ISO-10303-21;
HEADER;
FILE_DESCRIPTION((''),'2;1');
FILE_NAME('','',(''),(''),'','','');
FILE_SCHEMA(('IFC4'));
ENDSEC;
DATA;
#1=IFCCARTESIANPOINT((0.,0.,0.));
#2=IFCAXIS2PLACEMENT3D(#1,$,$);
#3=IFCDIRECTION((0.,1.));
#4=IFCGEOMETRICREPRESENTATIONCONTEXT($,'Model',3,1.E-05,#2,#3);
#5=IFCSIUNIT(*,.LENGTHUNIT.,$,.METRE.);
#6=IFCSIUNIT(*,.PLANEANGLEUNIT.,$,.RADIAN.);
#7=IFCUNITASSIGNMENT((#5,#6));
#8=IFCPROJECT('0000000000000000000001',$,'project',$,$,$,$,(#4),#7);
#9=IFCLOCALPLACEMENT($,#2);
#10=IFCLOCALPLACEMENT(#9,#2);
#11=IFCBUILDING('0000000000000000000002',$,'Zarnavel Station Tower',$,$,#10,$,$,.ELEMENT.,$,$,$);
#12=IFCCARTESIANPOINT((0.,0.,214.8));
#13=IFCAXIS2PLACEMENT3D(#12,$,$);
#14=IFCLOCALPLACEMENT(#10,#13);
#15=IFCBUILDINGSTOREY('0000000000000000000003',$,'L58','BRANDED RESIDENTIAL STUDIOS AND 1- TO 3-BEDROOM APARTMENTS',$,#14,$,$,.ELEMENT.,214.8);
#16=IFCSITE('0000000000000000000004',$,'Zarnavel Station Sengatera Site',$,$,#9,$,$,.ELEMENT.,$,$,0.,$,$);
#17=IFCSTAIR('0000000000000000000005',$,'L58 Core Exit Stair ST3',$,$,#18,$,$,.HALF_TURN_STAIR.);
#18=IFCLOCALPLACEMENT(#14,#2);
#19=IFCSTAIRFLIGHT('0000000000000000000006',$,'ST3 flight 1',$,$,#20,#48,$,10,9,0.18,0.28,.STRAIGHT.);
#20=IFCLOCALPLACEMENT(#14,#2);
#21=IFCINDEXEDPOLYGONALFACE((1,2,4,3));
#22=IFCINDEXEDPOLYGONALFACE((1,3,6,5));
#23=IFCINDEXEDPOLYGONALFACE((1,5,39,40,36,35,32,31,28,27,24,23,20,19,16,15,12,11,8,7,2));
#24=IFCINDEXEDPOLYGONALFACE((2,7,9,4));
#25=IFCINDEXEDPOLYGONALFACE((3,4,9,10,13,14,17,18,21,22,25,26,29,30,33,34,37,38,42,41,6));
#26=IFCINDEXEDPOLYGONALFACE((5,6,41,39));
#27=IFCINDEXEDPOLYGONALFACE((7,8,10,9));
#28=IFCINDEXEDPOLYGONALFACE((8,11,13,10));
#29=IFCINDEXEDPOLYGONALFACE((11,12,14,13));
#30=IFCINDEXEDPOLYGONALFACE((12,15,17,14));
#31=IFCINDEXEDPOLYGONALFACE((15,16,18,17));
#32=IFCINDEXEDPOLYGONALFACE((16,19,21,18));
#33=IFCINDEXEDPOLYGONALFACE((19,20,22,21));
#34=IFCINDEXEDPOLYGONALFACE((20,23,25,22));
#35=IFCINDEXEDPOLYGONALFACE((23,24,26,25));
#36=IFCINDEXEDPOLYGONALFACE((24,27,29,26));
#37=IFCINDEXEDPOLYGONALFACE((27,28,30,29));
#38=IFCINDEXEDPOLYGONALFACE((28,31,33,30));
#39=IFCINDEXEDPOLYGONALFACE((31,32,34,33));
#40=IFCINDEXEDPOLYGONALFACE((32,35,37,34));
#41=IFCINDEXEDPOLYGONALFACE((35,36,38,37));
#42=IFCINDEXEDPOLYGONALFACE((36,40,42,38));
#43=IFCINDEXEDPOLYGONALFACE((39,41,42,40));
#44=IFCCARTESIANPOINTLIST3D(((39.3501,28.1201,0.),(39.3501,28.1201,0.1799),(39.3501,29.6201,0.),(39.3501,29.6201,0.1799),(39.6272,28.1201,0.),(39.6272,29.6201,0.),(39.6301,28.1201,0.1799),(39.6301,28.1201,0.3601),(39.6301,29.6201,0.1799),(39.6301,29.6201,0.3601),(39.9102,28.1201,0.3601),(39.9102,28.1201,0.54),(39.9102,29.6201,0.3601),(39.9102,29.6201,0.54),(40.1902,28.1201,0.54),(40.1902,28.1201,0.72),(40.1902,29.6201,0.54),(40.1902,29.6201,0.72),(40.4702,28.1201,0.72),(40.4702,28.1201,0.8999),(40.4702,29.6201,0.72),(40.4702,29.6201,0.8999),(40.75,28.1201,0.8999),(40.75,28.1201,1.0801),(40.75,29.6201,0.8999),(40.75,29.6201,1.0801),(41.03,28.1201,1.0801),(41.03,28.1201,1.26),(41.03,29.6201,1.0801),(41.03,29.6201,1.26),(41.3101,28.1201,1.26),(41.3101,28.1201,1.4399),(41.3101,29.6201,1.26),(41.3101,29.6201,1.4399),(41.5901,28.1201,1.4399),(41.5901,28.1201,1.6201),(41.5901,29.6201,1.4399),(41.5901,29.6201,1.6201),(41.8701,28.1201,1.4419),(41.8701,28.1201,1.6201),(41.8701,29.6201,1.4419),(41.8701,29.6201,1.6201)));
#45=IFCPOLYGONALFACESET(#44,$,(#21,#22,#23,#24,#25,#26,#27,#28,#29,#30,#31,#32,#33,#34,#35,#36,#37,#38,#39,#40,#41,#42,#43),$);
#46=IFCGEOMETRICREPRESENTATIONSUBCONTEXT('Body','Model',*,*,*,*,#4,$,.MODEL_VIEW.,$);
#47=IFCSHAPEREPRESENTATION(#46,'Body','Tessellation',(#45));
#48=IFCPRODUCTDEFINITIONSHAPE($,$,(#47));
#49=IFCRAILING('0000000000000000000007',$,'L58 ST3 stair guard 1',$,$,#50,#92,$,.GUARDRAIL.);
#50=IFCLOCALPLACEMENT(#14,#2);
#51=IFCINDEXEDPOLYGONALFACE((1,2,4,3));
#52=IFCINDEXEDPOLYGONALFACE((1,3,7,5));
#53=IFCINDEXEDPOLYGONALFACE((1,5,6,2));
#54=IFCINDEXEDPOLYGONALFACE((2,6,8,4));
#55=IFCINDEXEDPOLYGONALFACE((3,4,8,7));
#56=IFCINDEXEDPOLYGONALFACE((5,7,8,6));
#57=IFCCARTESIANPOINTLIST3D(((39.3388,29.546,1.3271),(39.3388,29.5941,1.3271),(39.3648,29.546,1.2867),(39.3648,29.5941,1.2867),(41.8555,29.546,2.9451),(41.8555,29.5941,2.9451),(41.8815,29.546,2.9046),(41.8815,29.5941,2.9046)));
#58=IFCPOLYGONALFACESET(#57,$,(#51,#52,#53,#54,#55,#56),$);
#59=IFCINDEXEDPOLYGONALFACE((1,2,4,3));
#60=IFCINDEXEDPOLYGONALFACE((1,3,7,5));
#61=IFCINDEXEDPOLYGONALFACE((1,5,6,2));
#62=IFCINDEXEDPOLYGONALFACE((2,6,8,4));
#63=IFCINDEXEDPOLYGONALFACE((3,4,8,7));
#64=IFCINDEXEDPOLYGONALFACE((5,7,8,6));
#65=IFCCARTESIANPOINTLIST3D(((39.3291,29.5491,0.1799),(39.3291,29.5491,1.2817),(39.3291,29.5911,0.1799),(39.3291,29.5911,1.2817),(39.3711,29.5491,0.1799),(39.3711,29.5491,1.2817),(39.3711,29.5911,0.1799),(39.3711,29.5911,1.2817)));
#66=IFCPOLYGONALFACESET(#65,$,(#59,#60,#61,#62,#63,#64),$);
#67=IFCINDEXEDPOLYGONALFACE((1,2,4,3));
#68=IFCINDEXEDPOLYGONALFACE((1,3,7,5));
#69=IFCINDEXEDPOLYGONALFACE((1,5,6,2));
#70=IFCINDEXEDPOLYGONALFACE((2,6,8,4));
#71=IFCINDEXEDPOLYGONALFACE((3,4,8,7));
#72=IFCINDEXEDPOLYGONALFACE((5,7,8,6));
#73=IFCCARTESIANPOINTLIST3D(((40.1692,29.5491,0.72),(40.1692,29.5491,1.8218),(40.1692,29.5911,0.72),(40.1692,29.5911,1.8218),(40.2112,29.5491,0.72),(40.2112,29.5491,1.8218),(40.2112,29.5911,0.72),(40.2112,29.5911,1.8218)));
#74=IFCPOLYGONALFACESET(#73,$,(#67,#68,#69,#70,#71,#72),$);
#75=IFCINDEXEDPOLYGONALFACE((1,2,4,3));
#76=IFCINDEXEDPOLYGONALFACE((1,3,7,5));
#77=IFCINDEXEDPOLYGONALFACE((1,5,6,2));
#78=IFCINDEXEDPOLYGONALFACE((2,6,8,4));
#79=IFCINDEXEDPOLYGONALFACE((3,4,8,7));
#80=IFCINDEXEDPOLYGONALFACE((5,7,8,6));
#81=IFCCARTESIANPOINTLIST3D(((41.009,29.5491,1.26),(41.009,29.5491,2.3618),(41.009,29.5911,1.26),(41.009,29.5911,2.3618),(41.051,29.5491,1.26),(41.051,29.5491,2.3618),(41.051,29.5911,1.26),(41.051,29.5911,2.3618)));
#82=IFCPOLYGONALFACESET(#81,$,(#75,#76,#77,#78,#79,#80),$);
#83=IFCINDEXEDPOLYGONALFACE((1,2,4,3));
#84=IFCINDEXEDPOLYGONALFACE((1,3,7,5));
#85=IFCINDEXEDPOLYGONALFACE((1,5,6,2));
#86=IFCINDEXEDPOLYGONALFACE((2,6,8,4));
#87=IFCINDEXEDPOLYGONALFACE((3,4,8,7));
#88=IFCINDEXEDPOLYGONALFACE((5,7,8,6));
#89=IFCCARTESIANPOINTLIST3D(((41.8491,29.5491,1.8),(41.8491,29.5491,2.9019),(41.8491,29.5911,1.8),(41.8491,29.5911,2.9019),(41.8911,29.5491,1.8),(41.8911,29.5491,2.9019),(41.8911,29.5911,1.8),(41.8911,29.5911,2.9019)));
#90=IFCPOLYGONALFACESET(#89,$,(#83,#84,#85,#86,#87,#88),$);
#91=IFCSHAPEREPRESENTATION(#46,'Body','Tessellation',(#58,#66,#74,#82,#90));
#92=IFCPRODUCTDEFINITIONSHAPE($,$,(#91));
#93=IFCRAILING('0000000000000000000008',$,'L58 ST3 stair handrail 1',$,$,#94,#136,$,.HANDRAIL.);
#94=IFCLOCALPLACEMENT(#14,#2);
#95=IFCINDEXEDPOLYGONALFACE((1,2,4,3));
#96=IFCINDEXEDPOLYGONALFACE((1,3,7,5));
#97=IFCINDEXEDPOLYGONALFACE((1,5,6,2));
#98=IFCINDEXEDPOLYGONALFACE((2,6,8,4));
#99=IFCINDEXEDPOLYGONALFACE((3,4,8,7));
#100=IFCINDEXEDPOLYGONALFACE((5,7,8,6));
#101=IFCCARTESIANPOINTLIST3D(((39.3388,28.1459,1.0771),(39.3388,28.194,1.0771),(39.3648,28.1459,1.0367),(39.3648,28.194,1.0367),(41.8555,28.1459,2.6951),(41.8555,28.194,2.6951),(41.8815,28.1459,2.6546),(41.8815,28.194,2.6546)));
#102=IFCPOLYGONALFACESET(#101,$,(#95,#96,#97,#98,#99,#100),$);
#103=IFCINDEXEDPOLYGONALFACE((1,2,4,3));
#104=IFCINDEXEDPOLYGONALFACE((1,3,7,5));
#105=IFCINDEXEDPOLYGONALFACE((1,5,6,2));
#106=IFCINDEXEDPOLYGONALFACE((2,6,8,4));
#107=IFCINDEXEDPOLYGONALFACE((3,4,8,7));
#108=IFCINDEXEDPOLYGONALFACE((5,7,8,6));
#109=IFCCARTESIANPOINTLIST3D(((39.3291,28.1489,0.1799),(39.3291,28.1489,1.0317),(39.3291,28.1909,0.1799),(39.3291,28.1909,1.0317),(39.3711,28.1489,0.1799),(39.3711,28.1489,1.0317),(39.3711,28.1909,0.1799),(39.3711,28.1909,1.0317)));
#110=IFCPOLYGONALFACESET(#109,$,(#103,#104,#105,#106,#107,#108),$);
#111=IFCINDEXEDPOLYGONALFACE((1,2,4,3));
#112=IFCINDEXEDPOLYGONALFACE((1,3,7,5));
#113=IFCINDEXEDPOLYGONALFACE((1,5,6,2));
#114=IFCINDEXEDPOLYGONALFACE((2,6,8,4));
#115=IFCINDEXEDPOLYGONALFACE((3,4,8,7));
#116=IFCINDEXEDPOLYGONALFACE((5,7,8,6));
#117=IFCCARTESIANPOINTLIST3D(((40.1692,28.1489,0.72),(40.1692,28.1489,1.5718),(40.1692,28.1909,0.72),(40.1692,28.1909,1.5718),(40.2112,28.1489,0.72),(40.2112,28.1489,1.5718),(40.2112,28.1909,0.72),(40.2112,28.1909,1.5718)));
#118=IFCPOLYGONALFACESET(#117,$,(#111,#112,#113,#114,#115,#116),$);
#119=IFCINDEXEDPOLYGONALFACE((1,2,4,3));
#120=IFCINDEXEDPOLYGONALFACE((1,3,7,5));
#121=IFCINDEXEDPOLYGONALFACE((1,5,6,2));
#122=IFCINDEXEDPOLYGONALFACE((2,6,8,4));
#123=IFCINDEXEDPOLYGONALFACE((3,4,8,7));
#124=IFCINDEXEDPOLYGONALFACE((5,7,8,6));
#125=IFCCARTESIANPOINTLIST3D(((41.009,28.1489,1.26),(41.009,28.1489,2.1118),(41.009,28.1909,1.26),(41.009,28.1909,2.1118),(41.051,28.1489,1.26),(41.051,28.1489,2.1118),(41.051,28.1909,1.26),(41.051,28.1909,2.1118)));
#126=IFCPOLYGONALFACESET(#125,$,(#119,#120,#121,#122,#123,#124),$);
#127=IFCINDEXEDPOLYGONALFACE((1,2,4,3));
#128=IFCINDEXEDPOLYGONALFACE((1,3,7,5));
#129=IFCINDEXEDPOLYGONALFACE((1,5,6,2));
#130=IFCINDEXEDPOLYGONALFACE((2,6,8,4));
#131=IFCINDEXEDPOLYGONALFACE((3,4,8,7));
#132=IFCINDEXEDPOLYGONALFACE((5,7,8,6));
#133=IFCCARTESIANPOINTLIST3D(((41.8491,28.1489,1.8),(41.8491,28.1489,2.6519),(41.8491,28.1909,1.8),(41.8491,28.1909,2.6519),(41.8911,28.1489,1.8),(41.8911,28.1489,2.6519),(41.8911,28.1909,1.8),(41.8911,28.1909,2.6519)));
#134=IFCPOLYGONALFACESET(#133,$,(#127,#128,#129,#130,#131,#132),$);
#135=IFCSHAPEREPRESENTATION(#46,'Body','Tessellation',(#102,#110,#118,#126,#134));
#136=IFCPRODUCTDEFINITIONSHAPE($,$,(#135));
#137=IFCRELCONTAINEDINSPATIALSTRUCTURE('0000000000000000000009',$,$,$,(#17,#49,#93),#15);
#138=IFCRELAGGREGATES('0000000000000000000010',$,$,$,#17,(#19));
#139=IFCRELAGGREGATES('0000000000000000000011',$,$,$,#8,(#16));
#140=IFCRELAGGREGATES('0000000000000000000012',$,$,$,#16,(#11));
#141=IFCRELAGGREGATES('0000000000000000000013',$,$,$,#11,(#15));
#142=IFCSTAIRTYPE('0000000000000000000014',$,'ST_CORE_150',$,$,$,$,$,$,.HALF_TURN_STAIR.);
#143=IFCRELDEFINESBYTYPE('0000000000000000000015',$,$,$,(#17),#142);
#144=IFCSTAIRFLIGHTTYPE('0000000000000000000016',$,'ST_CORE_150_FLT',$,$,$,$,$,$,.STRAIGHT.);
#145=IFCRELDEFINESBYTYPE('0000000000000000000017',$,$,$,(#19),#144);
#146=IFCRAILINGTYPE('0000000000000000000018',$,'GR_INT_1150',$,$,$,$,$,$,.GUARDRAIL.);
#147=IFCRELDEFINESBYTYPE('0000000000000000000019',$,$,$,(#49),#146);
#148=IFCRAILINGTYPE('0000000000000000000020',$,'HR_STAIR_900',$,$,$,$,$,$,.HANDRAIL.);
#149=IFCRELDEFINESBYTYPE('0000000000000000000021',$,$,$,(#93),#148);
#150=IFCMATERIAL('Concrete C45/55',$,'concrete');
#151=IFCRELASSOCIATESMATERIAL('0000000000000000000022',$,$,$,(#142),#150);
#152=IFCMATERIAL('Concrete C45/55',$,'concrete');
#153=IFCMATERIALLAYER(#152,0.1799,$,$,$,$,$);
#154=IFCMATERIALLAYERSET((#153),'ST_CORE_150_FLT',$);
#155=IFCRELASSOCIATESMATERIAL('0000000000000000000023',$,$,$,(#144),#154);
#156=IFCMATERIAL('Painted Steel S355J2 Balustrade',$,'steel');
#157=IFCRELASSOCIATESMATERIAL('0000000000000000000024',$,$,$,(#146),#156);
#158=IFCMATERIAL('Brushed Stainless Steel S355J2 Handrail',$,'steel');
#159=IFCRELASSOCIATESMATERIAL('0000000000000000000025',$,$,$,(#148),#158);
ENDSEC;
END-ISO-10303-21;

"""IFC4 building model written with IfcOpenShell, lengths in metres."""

from ifc_helpers import new_model, si_unit, direction, frame, origin, origin_2d, place, context, subcontext, project, spatial, polyline, rectangle, outline, extrude, material, layer, layer_set, type_object, element, aggregate, save


model = new_model("IFC4")

# Units and contexts
model_context = context("Model", 3, precision=1e-05, world=origin(), true_north=direction((0.0, 1.0)))
body_context = subcontext(model_context, "Body", "Model", "MODEL_VIEW")
ifc_project = project(units=[si_unit("LENGTHUNIT", "METRE"), si_unit("PLANEANGLEUNIT", "RADIAN")], contexts=[model_context])

# Site, building, storey
site_placement = place(None, origin())
site = spatial("IfcSite", under=ifc_project, at=site_placement, Name="Zarnavel Station Sengatera Site", CompositionType="ELEMENT", RefElevation=0.0)
building_placement = place(site_placement, origin())
building = spatial("IfcBuilding", under=site, at=building_placement, Name="Zarnavel Station Tower", CompositionType="ELEMENT")
storey_placement = place(building_placement, frame((0.0, 0.0, 214.8)))
storey = spatial("IfcBuildingStorey", under=building, at=storey_placement, Name="L58", Description="BRANDED RESIDENTIAL STUDIOS AND 1- TO 3-BEDROOM APARTMENTS", CompositionType="ELEMENT", Elevation=214.8)

# Stair, stair flight
ifc_material_1 = material(Name="Concrete C45/55", Category="concrete")
stair_type = type_object("IfcStairType", Name="ST_CORE_150", PredefinedType="HALF_TURN_STAIR", material=ifc_material_1)
stair_placement = place(storey_placement, origin())
stair = element("IfcStair", 1, at=stair_placement, inside=storey, type_object=stair_type, Name="L58 Core Exit Stair ST3", PredefinedType="HALF_TURN_STAIR")
ifc_material_2 = material(Name="Concrete C45/55", Category="concrete")
ifc_layer_1 = layer(ifc_material_2, 0.1799)
ifc_layer_set_1 = layer_set([ifc_layer_1], Name="ST_CORE_150_FLT")
stair_flight_type = type_object("IfcStairFlightType", Name="ST_CORE_150_FLT", PredefinedType="STRAIGHT", material=ifc_layer_set_1)
stair_flight_placement = place(storey_placement, frame((39.3501, 28.8701, 0.0), z_axis=(0.0, 0.0, 1.0), x_axis=(1.0, 0.0, 0.0)))
stair_flight = element("IfcStairFlight", 2, at=stair_flight_placement, type_object=stair_flight_type, Name="ST3 flight 1", NumberOfRisers=10, NumberOfTreads=9, PredefinedType="STRAIGHT", RiserHeight=0.18, TreadLength=0.28, context=body_context, shape_type="SweptSolid", body=[
    extrude(outline(polyline([(0.0, 0.0), (0.0, 0.1799), (0.28, 0.1799), (0.28, 0.3601), (0.5601, 0.3601), (0.5601, 0.54), (0.8401, 0.54), (0.8401, 0.72), (1.1201, 0.72), (1.1201, 0.8999), (1.3999, 0.8999), (1.3999, 1.0801), (1.6799, 1.0801), (1.6799, 1.26), (1.96, 1.26), (1.96, 1.4399), (2.24, 1.4399), (2.24, 1.6201), (2.52, 1.6201), (2.52, 1.8), (2.52, 1.4419), (0.2771, 0.0), (0.0, 0.0)])), frame((0.0, 0.75, 0.0), z_axis=(0.0, -1.0, 0.0), x_axis=(1.0, 0.0, 0.0)), (0.0, 0.0, 1.0), 1.5),
])
aggregate(stair, [stair_flight])

# Railings
ifc_material_3 = material(Name="Painted Steel S355J2 Balustrade", Category="steel")
railing_type_1 = type_object("IfcRailingType", Name="GR_INT_1150", PredefinedType="GUARDRAIL", material=ifc_material_3)
railing_1_placement = place(storey_placement, frame((39.3501, 29.5701, 0.1799)))
element("IfcRailing", 3, at=railing_1_placement, inside=storey, type_object=railing_type_1, Name="L58 ST3 stair guard 1", PredefinedType="GUARDRAIL", context=body_context, shape_type="SweptSolid", body=[
    extrude(rectangle(XDim=0.0481, YDim=0.0481, at=origin_2d()), frame((0.0017, 0.0, 1.127), z_axis=(0.841163, 0.0, 0.540782), x_axis=(0.0, 1.0, 0.0)), (0.0, 0.0, 1.0), 2.9919),
    extrude(rectangle(XDim=0.042, YDim=0.042, at=origin_2d()), origin(), (0.0, 0.0, 1.0), 1.1018),
    extrude(rectangle(XDim=0.042, YDim=0.042, at=origin_2d()), frame((0.8401, 0.0, 0.54)), (0.0, 0.0, 1.0), 1.1018),
    extrude(rectangle(XDim=0.042, YDim=0.042, at=origin_2d()), frame((1.6799, 0.0, 1.0801)), (0.0, 0.0, 1.0), 1.1018),
    extrude(rectangle(XDim=0.042, YDim=0.042, at=origin_2d()), frame((2.52, 0.0, 1.6201)), (0.0, 0.0, 1.0), 1.1018),
])
ifc_material_4 = material(Name="Brushed Stainless Steel S355J2 Handrail", Category="steel")
railing_type_2 = type_object("IfcRailingType", Name="HR_STAIR_900", PredefinedType="HANDRAIL", material=ifc_material_4)
railing_2_placement = place(storey_placement, frame((39.3501, 28.1699, 0.1799)))
element("IfcRailing", 4, at=railing_2_placement, inside=storey, type_object=railing_type_2, Name="L58 ST3 stair handrail 1", PredefinedType="HANDRAIL", context=body_context, shape_type="SweptSolid", body=[
    extrude(rectangle(XDim=0.0481, YDim=0.0481, at=origin_2d()), frame((0.0017, 0.0, 0.877), z_axis=(0.841163, 0.0, 0.540782), x_axis=(0.0, 1.0, 0.0)), (0.0, 0.0, 1.0), 2.9919),
    extrude(rectangle(XDim=0.042, YDim=0.042, at=origin_2d()), origin(), (0.0, 0.0, 1.0), 0.8518),
    extrude(rectangle(XDim=0.042, YDim=0.042, at=origin_2d()), frame((0.8401, 0.0, 0.54)), (0.0, 0.0, 1.0), 0.8518),
    extrude(rectangle(XDim=0.042, YDim=0.042, at=origin_2d()), frame((1.6799, 0.0, 1.0801)), (0.0, 0.0, 1.0), 0.8518),
    extrude(rectangle(XDim=0.042, YDim=0.042, at=origin_2d()), frame((2.52, 0.0, 1.6201)), (0.0, 0.0, 1.0), 0.8518),
])

save(model, "model.ifc")
